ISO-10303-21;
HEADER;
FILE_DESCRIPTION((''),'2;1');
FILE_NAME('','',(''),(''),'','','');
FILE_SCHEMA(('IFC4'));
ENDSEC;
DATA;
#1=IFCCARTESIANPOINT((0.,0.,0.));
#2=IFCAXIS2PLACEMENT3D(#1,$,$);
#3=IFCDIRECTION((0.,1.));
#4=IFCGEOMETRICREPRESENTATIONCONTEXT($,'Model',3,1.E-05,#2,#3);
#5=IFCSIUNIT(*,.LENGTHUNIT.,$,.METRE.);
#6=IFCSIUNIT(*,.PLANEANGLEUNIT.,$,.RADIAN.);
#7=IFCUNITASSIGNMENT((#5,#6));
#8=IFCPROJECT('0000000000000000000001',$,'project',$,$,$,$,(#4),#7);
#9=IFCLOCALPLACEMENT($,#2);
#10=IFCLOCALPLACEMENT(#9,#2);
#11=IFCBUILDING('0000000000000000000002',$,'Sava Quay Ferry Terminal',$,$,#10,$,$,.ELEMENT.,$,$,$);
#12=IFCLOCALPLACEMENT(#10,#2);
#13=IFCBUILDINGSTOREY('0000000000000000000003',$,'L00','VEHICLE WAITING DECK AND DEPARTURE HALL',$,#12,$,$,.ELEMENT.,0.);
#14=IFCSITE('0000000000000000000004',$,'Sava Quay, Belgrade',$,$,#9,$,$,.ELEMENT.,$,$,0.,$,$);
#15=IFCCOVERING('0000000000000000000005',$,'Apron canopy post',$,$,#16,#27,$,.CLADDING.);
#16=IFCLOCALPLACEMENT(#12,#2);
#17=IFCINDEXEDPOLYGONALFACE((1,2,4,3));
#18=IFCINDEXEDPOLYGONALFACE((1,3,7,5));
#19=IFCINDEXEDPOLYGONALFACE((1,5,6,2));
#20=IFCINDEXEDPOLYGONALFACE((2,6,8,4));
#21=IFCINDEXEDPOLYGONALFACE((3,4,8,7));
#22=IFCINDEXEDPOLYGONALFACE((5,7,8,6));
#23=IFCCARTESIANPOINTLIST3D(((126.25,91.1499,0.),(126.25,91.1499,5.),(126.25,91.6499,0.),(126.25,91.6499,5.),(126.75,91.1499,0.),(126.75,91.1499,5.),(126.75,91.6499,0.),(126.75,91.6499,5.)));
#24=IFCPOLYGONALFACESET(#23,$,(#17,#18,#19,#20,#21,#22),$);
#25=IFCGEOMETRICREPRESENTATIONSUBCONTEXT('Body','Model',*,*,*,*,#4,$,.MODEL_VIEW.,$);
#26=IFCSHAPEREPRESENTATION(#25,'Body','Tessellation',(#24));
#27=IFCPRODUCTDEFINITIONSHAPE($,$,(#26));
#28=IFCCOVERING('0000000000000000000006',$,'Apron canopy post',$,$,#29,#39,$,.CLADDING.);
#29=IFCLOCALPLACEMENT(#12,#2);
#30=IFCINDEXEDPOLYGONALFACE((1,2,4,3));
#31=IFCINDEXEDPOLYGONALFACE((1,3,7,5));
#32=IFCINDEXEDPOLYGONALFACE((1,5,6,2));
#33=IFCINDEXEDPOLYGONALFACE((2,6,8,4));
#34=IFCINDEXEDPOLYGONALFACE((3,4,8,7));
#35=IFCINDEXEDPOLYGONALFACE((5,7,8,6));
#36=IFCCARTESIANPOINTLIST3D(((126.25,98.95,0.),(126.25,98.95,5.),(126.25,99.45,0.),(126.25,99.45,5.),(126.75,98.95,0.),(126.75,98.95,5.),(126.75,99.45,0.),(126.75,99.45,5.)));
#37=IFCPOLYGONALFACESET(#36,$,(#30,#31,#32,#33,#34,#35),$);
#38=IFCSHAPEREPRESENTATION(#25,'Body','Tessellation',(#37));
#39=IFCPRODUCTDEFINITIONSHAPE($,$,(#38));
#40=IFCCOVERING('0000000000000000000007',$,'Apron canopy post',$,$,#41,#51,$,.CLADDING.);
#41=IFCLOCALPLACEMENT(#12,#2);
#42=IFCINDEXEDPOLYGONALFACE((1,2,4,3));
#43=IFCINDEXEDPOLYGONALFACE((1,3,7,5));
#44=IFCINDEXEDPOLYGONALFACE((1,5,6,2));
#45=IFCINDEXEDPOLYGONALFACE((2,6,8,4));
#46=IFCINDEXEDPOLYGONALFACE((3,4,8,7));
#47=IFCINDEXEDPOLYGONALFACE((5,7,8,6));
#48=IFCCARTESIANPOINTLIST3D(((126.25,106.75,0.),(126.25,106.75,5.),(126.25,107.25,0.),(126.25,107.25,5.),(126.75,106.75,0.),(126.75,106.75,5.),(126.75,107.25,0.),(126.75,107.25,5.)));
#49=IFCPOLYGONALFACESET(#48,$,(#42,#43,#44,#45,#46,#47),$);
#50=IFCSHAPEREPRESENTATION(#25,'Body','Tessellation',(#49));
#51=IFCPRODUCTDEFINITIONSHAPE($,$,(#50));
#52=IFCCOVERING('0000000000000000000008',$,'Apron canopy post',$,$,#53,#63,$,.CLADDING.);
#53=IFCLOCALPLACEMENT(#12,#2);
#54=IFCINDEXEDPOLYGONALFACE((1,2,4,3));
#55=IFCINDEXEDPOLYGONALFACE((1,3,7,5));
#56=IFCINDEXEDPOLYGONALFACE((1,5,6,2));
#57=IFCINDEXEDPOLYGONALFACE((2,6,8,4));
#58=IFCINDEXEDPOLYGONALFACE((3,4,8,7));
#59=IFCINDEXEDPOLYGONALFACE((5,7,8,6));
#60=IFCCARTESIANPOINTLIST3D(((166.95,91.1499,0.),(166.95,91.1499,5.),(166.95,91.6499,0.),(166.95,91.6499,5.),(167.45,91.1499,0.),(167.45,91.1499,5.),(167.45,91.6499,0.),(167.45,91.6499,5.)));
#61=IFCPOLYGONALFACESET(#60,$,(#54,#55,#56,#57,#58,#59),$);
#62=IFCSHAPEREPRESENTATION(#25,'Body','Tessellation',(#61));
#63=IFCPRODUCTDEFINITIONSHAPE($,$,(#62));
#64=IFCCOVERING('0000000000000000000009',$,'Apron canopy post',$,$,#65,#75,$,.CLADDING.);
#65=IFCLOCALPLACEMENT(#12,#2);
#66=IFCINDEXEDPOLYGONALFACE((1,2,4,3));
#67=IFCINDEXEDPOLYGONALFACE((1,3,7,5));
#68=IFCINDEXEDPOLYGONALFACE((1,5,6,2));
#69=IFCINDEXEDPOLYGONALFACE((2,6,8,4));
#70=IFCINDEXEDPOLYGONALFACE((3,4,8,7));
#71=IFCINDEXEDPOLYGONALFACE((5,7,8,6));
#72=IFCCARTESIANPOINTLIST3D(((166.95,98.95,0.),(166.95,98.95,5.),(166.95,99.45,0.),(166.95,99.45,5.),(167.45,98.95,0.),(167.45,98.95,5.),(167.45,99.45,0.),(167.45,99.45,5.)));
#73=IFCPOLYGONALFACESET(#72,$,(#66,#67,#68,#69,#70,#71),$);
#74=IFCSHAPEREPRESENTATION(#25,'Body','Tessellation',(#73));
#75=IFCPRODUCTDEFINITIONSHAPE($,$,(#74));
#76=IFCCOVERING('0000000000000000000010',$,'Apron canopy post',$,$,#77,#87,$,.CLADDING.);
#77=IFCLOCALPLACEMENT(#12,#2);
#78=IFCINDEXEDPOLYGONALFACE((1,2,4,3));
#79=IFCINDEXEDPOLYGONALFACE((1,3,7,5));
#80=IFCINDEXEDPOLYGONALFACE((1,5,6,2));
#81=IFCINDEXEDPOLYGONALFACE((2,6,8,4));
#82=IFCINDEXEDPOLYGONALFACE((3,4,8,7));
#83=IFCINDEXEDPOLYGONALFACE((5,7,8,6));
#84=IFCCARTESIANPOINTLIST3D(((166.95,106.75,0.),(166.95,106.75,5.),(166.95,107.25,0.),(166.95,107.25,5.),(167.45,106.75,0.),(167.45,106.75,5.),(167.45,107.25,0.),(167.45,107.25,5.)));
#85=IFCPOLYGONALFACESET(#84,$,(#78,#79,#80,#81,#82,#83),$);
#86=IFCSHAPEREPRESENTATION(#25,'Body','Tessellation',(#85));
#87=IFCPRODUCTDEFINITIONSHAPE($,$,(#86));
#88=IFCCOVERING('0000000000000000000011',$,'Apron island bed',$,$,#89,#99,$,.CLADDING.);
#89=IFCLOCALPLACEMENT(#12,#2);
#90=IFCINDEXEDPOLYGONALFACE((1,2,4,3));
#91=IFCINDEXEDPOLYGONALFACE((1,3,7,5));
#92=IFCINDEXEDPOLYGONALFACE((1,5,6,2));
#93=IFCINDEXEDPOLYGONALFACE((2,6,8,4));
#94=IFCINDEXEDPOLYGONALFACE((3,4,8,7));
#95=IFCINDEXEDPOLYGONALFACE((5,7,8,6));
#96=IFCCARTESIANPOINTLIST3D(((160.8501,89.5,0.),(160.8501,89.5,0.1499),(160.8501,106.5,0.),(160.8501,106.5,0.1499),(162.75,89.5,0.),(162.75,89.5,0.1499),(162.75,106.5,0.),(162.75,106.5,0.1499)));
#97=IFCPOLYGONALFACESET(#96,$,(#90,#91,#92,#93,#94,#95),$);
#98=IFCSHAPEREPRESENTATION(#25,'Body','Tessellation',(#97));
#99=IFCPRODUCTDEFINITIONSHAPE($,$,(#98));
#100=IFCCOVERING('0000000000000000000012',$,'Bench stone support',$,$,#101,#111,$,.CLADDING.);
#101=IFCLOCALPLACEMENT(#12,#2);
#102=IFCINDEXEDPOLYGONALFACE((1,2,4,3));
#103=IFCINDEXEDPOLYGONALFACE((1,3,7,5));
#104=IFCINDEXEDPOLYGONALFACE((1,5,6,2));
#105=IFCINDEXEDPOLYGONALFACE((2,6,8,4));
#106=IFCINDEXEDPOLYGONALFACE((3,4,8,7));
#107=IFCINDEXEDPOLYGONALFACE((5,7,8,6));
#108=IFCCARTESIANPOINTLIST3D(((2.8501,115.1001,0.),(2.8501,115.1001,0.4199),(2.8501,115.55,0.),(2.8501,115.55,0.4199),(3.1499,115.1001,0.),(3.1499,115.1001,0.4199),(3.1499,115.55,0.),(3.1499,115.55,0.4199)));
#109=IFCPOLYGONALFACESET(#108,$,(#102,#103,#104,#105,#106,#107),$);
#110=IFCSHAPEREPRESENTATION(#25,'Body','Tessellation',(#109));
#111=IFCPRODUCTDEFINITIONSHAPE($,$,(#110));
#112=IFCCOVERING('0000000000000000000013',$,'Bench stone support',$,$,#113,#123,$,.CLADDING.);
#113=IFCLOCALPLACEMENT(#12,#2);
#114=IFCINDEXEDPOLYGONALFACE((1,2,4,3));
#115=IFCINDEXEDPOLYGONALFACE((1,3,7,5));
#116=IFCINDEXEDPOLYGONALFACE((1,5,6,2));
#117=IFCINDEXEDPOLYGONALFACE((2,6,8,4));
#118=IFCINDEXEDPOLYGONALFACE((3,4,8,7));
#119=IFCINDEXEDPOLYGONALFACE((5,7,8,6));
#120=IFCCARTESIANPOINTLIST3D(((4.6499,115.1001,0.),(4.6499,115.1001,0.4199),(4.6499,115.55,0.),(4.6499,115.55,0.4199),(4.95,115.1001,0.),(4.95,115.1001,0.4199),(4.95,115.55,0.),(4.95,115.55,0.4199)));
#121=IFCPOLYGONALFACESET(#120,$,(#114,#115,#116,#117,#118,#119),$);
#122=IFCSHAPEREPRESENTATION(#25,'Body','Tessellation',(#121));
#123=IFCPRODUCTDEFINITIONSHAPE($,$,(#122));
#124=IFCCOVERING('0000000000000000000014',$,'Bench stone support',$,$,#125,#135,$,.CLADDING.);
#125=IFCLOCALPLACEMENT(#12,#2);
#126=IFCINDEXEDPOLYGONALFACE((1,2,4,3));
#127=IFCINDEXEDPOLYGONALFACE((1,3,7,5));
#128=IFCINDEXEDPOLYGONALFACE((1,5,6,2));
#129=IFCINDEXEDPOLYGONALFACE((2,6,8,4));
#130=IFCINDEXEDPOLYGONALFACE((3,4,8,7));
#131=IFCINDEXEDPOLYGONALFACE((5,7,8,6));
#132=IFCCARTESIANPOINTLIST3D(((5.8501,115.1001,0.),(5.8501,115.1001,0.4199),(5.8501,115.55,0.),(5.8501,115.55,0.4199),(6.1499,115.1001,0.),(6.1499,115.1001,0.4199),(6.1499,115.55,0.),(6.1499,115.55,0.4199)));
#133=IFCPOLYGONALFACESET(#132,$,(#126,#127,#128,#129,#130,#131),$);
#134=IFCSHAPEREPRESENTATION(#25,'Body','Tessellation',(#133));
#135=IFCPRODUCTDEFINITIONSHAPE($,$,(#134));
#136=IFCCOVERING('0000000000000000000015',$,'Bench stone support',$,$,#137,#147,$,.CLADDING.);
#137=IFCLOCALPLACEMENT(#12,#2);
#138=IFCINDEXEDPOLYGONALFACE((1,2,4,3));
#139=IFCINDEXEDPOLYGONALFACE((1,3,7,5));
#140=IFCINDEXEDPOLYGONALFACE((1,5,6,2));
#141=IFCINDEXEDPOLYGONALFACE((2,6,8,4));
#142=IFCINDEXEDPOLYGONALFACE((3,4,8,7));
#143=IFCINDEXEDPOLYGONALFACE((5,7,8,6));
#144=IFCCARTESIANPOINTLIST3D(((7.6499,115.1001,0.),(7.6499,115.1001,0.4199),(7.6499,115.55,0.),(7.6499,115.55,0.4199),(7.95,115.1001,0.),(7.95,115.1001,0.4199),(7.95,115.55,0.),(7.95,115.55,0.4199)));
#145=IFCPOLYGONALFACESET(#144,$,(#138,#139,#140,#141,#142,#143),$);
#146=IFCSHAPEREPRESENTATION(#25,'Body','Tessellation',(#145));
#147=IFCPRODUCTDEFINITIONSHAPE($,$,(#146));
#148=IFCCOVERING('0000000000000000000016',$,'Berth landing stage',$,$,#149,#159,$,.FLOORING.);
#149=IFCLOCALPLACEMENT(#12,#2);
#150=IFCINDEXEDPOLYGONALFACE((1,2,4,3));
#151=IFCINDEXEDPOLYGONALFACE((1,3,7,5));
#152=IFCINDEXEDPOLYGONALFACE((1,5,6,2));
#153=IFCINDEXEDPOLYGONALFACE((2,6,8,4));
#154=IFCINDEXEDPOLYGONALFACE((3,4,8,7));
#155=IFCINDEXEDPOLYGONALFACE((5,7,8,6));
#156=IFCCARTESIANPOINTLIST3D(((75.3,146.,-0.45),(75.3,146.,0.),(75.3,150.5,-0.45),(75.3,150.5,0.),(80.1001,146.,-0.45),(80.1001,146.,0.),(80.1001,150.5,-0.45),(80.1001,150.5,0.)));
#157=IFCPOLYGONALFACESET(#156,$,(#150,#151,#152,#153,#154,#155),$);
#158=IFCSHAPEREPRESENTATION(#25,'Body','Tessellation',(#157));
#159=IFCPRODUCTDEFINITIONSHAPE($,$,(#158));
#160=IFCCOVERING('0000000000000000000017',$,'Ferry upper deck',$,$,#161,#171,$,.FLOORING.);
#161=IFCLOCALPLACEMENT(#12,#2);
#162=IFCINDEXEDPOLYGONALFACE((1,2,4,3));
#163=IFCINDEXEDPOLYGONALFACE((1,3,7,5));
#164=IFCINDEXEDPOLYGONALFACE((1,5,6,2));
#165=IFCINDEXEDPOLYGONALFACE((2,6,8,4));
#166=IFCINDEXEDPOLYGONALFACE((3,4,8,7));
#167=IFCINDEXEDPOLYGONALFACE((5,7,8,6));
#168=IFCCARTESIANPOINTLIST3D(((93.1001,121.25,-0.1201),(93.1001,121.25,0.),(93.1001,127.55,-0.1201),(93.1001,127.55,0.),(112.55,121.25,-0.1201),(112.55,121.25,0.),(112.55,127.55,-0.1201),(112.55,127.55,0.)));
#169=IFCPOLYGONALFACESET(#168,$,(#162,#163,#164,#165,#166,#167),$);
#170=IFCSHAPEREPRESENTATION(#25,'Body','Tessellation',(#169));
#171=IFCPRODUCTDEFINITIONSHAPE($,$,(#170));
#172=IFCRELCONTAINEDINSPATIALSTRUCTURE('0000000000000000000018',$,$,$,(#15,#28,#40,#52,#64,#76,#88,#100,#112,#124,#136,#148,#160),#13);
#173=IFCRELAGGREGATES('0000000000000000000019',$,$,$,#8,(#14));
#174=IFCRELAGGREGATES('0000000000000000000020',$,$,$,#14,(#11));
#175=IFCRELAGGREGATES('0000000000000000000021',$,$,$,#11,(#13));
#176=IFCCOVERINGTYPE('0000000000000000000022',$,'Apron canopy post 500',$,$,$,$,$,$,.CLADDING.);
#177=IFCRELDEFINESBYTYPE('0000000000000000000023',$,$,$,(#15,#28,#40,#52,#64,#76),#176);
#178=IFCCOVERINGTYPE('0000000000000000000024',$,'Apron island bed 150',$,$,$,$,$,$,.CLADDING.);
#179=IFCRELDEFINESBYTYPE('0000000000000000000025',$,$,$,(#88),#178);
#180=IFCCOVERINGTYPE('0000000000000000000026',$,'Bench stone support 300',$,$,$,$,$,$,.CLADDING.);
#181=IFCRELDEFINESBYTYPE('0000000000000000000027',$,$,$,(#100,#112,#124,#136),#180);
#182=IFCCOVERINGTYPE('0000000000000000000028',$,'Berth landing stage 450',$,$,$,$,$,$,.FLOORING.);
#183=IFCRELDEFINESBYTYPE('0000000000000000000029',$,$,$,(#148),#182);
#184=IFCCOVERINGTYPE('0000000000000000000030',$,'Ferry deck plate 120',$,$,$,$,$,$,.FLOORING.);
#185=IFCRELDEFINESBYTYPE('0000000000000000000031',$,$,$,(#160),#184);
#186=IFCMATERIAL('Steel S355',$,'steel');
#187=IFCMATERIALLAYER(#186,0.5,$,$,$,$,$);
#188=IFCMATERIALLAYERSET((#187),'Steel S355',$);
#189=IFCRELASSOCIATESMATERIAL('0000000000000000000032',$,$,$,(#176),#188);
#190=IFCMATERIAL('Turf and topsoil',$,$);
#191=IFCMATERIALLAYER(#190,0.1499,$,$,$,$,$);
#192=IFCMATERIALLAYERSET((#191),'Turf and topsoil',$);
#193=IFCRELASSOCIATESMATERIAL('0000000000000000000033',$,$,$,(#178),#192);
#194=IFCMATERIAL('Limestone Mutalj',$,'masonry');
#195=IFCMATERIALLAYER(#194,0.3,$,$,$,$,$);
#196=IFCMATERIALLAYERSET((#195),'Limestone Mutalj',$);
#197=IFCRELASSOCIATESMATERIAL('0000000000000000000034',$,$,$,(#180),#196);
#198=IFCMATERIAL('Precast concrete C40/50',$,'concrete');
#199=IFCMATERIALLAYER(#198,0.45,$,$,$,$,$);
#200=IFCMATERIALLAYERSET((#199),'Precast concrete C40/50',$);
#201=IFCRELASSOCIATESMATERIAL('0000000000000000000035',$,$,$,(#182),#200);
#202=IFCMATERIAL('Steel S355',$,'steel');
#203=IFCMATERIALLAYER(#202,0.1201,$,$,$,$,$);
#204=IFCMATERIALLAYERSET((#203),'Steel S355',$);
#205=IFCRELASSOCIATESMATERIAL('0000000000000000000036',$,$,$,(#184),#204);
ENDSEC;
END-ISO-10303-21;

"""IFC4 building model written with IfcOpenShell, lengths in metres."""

from ifc_helpers import new_model, si_unit, direction, frame, origin, place, context, subcontext, project, spatial, polyline, outline, extrude, material, layer, layer_set, type_object, element, save


model = new_model("IFC4")

# Units and contexts
model_context = context("Model", 3, precision=1e-05, world=origin(), true_north=direction((0.0, 1.0)))
body_context = subcontext(model_context, "Body", "Model", "MODEL_VIEW")
ifc_project = project(units=[si_unit("LENGTHUNIT", "METRE"), si_unit("PLANEANGLEUNIT", "RADIAN")], contexts=[model_context])

# Site, building, storey
site_placement = place(None, origin())
site = spatial("IfcSite", under=ifc_project, at=site_placement, Name="Sava Quay, Belgrade", CompositionType="ELEMENT", RefElevation=0.0)
building_placement = place(site_placement, origin())
building = spatial("IfcBuilding", under=site, at=building_placement, Name="Sava Quay Ferry Terminal", CompositionType="ELEMENT")
storey_placement = place(building_placement, origin())
storey = spatial("IfcBuildingStorey", under=building, at=storey_placement, Name="L00", Description="VEHICLE WAITING DECK AND DEPARTURE HALL", CompositionType="ELEMENT", Elevation=0.0)

# Coverings
ifc_material_1 = material(Name="Steel S355", Category="steel")
ifc_layer_1 = layer(ifc_material_1, 0.5)
ifc_layer_set_1 = layer_set([ifc_layer_1], Name="Steel S355")
covering_type_1 = type_object("IfcCoveringType", Name="Apron canopy post 500", PredefinedType="CLADDING", material=ifc_layer_set_1)
covering_1_placement = place(storey_placement, origin())
element("IfcCovering", 1, at=covering_1_placement, inside=storey, type_object=covering_type_1, Name="Apron canopy post", PredefinedType="CLADDING", context=body_context, shape_type="SweptSolid", body=[
    extrude(outline(polyline([(126.75, 91.1499), (126.75, 91.6499), (126.25, 91.6499), (126.25, 91.1499), (126.75, 91.1499)])), origin(), (0.0, 0.0, 1.0), 5.0),
])
covering_2_placement = place(storey_placement, origin())
element("IfcCovering", 2, at=covering_2_placement, inside=storey, type_object=covering_type_1, Name="Apron canopy post", PredefinedType="CLADDING", context=body_context, shape_type="SweptSolid", body=[
    extrude(outline(polyline([(126.75, 98.95), (126.75, 99.45), (126.25, 99.45), (126.25, 98.95), (126.75, 98.95)])), origin(), (0.0, 0.0, 1.0), 5.0),
])
covering_3_placement = place(storey_placement, origin())
element("IfcCovering", 3, at=covering_3_placement, inside=storey, type_object=covering_type_1, Name="Apron canopy post", PredefinedType="CLADDING", context=body_context, shape_type="SweptSolid", body=[
    extrude(outline(polyline([(126.75, 106.75), (126.75, 107.25), (126.25, 107.25), (126.25, 106.75), (126.75, 106.75)])), origin(), (0.0, 0.0, 1.0), 5.0),
])
covering_4_placement = place(storey_placement, origin())
element("IfcCovering", 4, at=covering_4_placement, inside=storey, type_object=covering_type_1, Name="Apron canopy post", PredefinedType="CLADDING", context=body_context, shape_type="SweptSolid", body=[
    extrude(outline(polyline([(167.45, 91.1499), (167.45, 91.6499), (166.95, 91.6499), (166.95, 91.1499), (167.45, 91.1499)])), origin(), (0.0, 0.0, 1.0), 5.0),
])
covering_5_placement = place(storey_placement, origin())
element("IfcCovering", 5, at=covering_5_placement, inside=storey, type_object=covering_type_1, Name="Apron canopy post", PredefinedType="CLADDING", context=body_context, shape_type="SweptSolid", body=[
    extrude(outline(polyline([(167.45, 98.95), (167.45, 99.45), (166.95, 99.45), (166.95, 98.95), (167.45, 98.95)])), origin(), (0.0, 0.0, 1.0), 5.0),
])
covering_6_placement = place(storey_placement, origin())
element("IfcCovering", 6, at=covering_6_placement, inside=storey, type_object=covering_type_1, Name="Apron canopy post", PredefinedType="CLADDING", context=body_context, shape_type="SweptSolid", body=[
    extrude(outline(polyline([(167.45, 106.75), (167.45, 107.25), (166.95, 107.25), (166.95, 106.75), (167.45, 106.75)])), origin(), (0.0, 0.0, 1.0), 5.0),
])
ifc_material_2 = material(Name="Turf and topsoil")
ifc_layer_2 = layer(ifc_material_2, 0.1499)
ifc_layer_set_2 = layer_set([ifc_layer_2], Name="Turf and topsoil")
covering_type_2 = type_object("IfcCoveringType", Name="Apron island bed 150", PredefinedType="CLADDING", material=ifc_layer_set_2)
covering_7_placement = place(storey_placement, origin())
element("IfcCovering", 7, at=covering_7_placement, inside=storey, type_object=covering_type_2, Name="Apron island bed", PredefinedType="CLADDING", context=body_context, shape_type="SweptSolid", body=[
    extrude(outline(polyline([(162.75, 89.5), (162.75, 106.5), (160.8501, 106.5), (160.8501, 89.5), (162.75, 89.5)])), origin(), (0.0, 0.0, 1.0), 0.1499),
])
ifc_material_3 = material(Name="Limestone Mutalj", Category="masonry")
ifc_layer_3 = layer(ifc_material_3, 0.3)
ifc_layer_set_3 = layer_set([ifc_layer_3], Name="Limestone Mutalj")
covering_type_3 = type_object("IfcCoveringType", Name="Bench stone support 300", PredefinedType="CLADDING", material=ifc_layer_set_3)
covering_8_placement = place(storey_placement, origin())
element("IfcCovering", 8, at=covering_8_placement, inside=storey, type_object=covering_type_3, Name="Bench stone support", PredefinedType="CLADDING", context=body_context, shape_type="SweptSolid", body=[
    extrude(outline(polyline([(3.1499, 115.1001), (3.1499, 115.55), (2.8501, 115.55), (2.8501, 115.1001), (3.1499, 115.1001)])), origin(), (0.0, 0.0, 1.0), 0.4199),
])
covering_9_placement = place(storey_placement, origin())
element("IfcCovering", 9, at=covering_9_placement, inside=storey, type_object=covering_type_3, Name="Bench stone support", PredefinedType="CLADDING", context=body_context, shape_type="SweptSolid", body=[
    extrude(outline(polyline([(4.95, 115.1001), (4.95, 115.55), (4.6499, 115.55), (4.6499, 115.1001), (4.95, 115.1001)])), origin(), (0.0, 0.0, 1.0), 0.4199),
])
covering_10_placement = place(storey_placement, origin())
element("IfcCovering", 10, at=covering_10_placement, inside=storey, type_object=covering_type_3, Name="Bench stone support", PredefinedType="CLADDING", context=body_context, shape_type="SweptSolid", body=[
    extrude(outline(polyline([(6.1499, 115.1001), (6.1499, 115.55), (5.8501, 115.55), (5.8501, 115.1001), (6.1499, 115.1001)])), origin(), (0.0, 0.0, 1.0), 0.4199),
])
covering_11_placement = place(storey_placement, origin())
element("IfcCovering", 11, at=covering_11_placement, inside=storey, type_object=covering_type_3, Name="Bench stone support", PredefinedType="CLADDING", context=body_context, shape_type="SweptSolid", body=[
    extrude(outline(polyline([(7.95, 115.1001), (7.95, 115.55), (7.6499, 115.55), (7.6499, 115.1001), (7.95, 115.1001)])), origin(), (0.0, 0.0, 1.0), 0.4199),
])
ifc_material_4 = material(Name="Precast concrete C40/50", Category="concrete")
ifc_layer_4 = layer(ifc_material_4, 0.45)
ifc_layer_set_4 = layer_set([ifc_layer_4], Name="Precast concrete C40/50")
covering_type_4 = type_object("IfcCoveringType", Name="Berth landing stage 450", PredefinedType="FLOORING", material=ifc_layer_set_4)
covering_12_placement = place(storey_placement, frame((0.0, 0.0, -0.45)))
element("IfcCovering", 12, at=covering_12_placement, inside=storey, type_object=covering_type_4, Name="Berth landing stage", PredefinedType="FLOORING", context=body_context, shape_type="SweptSolid", body=[
    extrude(outline(polyline([(75.3, 146.0), (80.1001, 146.0), (80.1001, 150.5), (75.3, 150.5), (75.3, 146.0)])), origin(), (0.0, 0.0, 1.0), 0.45),
])
ifc_material_5 = material(Name="Steel S355", Category="steel")
ifc_layer_5 = layer(ifc_material_5, 0.1201)
ifc_layer_set_5 = layer_set([ifc_layer_5], Name="Steel S355")
covering_type_5 = type_object("IfcCoveringType", Name="Ferry deck plate 120", PredefinedType="FLOORING", material=ifc_layer_set_5)
covering_13_placement = place(storey_placement, frame((0.0, 0.0, -0.1201)))
element("IfcCovering", 13, at=covering_13_placement, inside=storey, type_object=covering_type_5, Name="Ferry upper deck", PredefinedType="FLOORING", context=body_context, shape_type="SweptSolid", body=[
    extrude(outline(polyline([(112.55, 127.55), (93.1001, 127.55), (93.1001, 121.25), (112.55, 121.25), (112.55, 127.55)])), origin(), (0.0, 0.0, 1.0), 0.1201),
])

save(model, "model.ifc")
